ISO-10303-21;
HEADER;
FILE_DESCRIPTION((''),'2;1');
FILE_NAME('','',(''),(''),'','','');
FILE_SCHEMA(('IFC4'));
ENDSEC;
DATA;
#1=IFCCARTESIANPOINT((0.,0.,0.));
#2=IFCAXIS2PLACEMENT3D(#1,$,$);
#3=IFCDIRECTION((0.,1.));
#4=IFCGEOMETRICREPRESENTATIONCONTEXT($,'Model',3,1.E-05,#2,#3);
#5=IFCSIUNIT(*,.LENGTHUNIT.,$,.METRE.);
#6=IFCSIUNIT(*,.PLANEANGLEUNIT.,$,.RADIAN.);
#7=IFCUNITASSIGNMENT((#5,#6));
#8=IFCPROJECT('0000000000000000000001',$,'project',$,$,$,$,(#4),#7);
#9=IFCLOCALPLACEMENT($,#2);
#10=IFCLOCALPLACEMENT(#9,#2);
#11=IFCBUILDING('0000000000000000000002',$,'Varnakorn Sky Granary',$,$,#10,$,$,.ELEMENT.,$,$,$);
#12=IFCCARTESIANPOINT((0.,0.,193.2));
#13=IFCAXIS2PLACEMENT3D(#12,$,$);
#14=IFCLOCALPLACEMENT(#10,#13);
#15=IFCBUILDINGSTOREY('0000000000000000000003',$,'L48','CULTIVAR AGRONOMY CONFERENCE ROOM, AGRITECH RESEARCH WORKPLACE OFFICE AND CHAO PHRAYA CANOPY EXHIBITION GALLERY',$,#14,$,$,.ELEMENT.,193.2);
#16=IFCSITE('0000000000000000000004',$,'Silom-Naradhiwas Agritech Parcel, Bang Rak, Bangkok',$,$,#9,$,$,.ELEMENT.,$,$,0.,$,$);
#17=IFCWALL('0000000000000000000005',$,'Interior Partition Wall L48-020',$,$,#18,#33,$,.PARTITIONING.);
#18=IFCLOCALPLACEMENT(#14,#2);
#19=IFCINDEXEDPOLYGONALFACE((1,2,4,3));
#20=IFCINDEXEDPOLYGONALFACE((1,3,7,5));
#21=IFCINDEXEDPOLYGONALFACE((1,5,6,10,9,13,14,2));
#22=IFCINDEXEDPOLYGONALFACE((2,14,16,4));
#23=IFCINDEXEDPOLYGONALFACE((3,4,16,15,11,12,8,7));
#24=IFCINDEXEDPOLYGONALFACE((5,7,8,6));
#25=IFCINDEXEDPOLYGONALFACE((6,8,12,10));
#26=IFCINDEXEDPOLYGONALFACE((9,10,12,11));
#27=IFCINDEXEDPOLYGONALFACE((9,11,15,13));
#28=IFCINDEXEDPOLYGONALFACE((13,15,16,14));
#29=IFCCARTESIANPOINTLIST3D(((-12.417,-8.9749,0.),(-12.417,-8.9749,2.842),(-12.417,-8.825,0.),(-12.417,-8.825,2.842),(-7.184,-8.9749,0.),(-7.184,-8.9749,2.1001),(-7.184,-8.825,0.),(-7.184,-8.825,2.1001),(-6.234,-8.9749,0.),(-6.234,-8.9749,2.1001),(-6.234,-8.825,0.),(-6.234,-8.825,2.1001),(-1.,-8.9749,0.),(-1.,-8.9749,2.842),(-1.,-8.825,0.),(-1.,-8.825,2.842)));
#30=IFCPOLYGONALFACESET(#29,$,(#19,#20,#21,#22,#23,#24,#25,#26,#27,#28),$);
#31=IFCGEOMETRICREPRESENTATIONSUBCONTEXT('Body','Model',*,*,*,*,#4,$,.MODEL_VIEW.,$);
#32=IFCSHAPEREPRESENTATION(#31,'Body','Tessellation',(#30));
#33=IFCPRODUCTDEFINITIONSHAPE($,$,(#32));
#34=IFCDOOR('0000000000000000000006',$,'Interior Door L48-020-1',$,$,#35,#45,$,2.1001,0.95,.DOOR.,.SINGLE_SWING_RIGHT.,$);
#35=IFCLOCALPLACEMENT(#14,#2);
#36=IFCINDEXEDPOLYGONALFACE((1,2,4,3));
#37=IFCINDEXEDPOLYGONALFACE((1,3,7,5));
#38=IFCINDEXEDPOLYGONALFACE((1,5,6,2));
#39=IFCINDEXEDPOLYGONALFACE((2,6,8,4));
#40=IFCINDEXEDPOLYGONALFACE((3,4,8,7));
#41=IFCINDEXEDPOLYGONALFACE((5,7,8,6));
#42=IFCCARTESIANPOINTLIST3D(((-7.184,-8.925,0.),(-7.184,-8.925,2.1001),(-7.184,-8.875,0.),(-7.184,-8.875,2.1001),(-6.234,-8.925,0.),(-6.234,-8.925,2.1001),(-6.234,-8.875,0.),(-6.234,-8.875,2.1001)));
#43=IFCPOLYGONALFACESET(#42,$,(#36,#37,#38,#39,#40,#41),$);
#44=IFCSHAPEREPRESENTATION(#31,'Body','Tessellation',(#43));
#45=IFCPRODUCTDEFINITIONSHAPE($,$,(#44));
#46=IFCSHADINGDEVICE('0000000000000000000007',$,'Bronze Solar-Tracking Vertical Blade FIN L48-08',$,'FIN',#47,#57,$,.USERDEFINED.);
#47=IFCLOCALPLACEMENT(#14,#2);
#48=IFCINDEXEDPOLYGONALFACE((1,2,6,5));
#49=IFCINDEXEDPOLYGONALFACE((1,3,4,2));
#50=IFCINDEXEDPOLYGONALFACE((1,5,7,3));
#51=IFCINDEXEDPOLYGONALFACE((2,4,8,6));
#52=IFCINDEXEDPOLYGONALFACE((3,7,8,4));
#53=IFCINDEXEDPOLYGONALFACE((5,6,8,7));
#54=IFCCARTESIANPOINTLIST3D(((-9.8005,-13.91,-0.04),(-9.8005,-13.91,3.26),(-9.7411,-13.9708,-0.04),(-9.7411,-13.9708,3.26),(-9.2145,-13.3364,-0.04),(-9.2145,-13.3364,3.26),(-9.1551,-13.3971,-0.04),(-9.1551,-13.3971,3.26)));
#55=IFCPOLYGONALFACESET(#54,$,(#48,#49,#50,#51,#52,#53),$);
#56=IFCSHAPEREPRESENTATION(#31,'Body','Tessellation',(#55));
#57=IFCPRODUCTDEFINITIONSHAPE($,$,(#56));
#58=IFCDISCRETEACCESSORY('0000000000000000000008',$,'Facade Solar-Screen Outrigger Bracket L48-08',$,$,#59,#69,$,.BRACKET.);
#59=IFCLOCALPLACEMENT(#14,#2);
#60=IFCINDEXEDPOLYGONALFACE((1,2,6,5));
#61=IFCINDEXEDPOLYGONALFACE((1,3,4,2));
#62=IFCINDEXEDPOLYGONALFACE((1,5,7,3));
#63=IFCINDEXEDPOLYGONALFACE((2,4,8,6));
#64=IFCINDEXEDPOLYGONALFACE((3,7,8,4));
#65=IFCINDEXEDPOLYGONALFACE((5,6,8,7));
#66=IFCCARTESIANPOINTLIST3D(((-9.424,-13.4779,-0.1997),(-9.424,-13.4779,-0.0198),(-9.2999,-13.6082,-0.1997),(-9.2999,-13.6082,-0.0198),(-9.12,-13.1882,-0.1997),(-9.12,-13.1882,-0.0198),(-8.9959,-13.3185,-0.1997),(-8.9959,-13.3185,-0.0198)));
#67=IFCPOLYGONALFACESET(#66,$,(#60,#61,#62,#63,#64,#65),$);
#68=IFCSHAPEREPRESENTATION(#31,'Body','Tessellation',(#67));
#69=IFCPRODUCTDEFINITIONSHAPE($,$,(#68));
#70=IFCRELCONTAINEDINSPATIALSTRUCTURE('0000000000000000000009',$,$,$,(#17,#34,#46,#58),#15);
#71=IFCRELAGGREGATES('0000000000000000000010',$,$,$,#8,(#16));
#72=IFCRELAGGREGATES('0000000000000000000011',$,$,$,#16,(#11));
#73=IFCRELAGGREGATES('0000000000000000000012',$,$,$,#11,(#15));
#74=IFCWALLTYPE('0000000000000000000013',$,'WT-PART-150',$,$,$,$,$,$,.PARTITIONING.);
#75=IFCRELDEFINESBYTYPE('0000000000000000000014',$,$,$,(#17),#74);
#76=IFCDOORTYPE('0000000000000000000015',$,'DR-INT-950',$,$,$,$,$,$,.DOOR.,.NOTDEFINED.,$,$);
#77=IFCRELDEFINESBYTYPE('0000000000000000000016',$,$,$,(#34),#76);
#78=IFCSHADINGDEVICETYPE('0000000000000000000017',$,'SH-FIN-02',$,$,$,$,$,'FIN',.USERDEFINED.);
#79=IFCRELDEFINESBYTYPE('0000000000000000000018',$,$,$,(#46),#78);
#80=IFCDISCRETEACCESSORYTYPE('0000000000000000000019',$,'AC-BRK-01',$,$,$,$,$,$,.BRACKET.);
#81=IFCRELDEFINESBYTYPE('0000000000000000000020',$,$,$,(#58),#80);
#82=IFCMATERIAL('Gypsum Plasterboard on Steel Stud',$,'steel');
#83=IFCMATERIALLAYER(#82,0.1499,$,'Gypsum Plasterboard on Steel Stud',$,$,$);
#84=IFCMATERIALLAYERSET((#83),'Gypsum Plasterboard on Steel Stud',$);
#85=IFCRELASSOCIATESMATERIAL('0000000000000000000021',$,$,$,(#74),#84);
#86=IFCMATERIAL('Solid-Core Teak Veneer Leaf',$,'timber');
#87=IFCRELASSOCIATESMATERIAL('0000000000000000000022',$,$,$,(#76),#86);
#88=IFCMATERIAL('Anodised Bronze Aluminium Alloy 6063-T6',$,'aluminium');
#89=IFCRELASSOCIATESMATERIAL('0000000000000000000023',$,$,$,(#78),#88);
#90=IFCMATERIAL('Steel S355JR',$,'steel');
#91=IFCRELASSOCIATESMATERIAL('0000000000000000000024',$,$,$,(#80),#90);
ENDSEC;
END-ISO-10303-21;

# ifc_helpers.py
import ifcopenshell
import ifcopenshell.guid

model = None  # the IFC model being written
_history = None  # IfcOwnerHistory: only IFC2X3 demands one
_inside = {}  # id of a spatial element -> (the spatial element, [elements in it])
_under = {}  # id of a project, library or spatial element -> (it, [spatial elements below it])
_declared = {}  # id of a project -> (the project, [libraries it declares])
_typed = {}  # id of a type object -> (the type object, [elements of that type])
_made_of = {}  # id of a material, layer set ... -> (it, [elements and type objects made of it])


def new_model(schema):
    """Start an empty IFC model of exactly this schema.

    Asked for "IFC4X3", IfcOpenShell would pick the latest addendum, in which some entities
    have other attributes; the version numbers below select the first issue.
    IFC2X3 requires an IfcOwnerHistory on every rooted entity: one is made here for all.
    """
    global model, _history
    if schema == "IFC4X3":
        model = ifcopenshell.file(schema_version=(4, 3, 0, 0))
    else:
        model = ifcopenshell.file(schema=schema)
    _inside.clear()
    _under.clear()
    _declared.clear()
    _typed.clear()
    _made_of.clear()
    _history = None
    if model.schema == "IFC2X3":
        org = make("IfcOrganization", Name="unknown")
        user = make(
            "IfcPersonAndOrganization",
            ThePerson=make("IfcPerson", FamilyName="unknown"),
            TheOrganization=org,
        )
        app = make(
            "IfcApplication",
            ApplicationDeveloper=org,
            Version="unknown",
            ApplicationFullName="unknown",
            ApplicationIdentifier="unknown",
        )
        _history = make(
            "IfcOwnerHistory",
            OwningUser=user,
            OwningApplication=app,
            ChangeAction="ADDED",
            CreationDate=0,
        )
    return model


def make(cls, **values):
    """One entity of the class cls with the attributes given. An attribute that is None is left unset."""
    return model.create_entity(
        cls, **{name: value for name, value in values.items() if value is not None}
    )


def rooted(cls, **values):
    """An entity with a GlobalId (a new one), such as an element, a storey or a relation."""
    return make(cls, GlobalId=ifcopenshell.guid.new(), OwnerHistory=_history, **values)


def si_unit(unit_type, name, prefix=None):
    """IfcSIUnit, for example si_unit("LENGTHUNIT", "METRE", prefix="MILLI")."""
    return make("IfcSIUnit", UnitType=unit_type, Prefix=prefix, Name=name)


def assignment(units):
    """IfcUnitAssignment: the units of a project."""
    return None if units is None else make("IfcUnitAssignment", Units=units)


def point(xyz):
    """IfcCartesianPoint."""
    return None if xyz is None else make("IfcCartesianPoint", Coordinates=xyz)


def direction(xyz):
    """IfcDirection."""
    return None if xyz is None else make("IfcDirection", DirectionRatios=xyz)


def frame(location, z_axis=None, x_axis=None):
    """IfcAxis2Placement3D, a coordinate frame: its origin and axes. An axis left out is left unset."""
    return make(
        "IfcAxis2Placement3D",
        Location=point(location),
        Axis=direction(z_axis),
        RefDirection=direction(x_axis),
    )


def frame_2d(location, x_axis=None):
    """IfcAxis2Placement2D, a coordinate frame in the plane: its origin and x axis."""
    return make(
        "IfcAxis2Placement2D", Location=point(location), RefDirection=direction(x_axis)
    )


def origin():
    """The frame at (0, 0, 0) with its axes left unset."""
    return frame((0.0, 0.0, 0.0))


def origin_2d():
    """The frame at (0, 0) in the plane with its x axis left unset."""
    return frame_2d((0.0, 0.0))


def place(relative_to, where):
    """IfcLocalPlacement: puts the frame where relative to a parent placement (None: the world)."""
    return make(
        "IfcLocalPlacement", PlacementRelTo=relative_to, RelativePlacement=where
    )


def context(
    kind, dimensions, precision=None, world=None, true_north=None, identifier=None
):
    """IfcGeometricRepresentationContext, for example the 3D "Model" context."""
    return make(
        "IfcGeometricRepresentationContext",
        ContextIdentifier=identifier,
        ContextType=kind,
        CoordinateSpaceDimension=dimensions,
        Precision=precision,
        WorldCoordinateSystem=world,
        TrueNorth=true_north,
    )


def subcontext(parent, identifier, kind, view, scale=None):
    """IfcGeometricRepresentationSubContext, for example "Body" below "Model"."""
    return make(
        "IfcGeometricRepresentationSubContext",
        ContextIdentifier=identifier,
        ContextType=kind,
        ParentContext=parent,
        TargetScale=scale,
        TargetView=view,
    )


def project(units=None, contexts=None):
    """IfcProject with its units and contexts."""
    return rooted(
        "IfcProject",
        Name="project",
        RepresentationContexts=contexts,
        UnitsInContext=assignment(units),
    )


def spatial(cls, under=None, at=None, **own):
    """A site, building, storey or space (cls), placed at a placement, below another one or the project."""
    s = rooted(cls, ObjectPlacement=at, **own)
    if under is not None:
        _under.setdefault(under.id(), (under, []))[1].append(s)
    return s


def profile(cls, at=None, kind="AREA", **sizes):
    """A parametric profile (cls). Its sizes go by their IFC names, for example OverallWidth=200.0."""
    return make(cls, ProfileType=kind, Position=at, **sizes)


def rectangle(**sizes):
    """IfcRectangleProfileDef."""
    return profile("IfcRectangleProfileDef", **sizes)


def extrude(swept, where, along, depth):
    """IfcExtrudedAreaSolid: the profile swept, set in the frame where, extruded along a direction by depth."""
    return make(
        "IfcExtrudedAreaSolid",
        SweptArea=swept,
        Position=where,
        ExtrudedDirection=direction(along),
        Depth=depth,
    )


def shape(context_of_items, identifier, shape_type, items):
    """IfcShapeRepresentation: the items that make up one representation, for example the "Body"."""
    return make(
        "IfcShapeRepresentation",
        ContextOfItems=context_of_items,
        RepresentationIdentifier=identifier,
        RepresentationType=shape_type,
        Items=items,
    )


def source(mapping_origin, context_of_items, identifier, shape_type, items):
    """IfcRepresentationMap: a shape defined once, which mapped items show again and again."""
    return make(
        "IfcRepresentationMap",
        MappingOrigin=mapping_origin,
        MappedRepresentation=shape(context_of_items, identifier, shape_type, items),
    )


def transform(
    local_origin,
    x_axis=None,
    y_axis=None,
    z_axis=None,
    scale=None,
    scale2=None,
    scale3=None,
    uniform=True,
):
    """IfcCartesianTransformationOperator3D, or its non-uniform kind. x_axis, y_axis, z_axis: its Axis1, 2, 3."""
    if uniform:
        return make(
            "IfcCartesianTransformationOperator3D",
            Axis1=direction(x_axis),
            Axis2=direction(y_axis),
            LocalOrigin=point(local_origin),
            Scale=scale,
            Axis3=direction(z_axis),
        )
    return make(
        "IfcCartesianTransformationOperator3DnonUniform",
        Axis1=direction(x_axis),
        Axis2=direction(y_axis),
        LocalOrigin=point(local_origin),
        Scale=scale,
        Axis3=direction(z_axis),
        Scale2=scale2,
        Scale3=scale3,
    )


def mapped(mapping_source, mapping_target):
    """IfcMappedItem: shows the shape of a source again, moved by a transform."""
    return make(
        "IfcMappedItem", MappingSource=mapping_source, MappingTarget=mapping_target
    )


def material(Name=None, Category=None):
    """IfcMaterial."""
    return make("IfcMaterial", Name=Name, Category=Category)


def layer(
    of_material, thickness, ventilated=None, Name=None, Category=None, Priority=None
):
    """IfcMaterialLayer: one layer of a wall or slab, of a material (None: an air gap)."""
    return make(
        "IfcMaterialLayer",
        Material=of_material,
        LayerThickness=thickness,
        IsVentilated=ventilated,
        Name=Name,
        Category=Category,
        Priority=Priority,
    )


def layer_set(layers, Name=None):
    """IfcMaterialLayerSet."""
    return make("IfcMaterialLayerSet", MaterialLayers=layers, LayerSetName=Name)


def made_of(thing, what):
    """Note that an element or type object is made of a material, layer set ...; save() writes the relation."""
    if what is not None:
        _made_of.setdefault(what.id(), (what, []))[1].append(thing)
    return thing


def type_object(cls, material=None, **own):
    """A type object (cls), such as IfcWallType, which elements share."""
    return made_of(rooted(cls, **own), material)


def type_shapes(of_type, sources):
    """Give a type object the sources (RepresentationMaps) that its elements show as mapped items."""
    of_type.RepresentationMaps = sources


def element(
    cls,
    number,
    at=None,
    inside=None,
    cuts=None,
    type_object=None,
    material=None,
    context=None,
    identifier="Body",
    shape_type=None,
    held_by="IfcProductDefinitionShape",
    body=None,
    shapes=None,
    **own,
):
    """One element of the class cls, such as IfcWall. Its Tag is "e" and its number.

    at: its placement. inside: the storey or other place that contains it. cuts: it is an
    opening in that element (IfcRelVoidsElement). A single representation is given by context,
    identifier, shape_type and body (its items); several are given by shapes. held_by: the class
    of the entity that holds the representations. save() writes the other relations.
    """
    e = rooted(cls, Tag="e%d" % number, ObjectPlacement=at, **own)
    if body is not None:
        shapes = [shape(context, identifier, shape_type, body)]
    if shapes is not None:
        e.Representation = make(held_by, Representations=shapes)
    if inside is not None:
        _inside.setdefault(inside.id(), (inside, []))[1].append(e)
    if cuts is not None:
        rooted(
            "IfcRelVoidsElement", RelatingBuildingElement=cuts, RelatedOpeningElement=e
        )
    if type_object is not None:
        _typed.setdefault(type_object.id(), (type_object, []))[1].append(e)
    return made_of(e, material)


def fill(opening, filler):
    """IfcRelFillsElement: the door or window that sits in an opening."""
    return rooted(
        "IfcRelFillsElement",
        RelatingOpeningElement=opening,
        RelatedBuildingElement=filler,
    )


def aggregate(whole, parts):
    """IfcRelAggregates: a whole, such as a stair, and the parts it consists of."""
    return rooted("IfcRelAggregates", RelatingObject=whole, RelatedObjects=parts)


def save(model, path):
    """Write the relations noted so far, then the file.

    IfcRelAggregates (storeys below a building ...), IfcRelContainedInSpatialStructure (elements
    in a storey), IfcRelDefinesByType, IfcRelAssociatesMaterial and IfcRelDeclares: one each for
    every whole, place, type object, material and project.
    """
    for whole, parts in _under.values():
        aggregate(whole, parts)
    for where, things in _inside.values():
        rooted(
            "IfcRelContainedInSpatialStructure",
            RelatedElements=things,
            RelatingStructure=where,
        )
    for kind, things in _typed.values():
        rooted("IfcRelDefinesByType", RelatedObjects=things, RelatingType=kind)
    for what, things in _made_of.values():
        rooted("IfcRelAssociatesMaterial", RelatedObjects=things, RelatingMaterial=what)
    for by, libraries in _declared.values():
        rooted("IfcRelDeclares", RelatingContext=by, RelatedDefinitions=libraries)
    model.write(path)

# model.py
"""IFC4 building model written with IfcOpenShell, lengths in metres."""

from ifc_helpers import new_model, si_unit, direction, frame, frame_2d, origin, origin_2d, place, context, subcontext, project, spatial, rectangle, extrude, source, transform, mapped, material, layer, layer_set, type_object, type_shapes, element, fill, save


model = new_model("IFC4")

# Units and contexts
model_context = context("Model", 3, precision=1e-05, world=origin(), true_north=direction((0.0, 1.0)))
body_context = subcontext(model_context, "Body", "Model", "MODEL_VIEW")
ifc_project = project(units=[si_unit("LENGTHUNIT", "METRE"), si_unit("PLANEANGLEUNIT", "RADIAN")], contexts=[model_context])

# Site, building, storey
site_placement = place(None, origin())
site = spatial("IfcSite", under=ifc_project, at=site_placement, Name="Silom-Naradhiwas Agritech Parcel, Bang Rak, Bangkok", CompositionType="ELEMENT", RefElevation=0.0)
building_placement = place(site_placement, origin())
building = spatial("IfcBuilding", under=site, at=building_placement, Name="Varnakorn Sky Granary", CompositionType="ELEMENT")
storey_placement = place(building_placement, frame((0.0, 0.0, 193.2)))
storey = spatial("IfcBuildingStorey", under=building, at=storey_placement, Name="L48", Description="CULTIVAR AGRONOMY CONFERENCE ROOM, AGRITECH RESEARCH WORKPLACE OFFICE AND CHAO PHRAYA CANOPY EXHIBITION GALLERY", CompositionType="ELEMENT", Elevation=193.2)

# Shared definitions
ifc_material_1 = material(Name="Steel S355JR", Category="steel")

# Shared definitions
ifc_material_2 = material(Name="Anodised Bronze Aluminium Alloy 6063-T6", Category="aluminium")

# Wall, opening, door
ifc_material_3 = material(Name="Gypsum Plasterboard on Steel Stud", Category="steel")
ifc_layer_1 = layer(ifc_material_3, 0.1499, Name="Gypsum Plasterboard on Steel Stud")
ifc_layer_set_1 = layer_set([ifc_layer_1], Name="Gypsum Plasterboard on Steel Stud")
wall_type = type_object("IfcWallType", Name="WT-PART-150", PredefinedType="PARTITIONING", material=ifc_layer_set_1)
wall_placement = place(storey_placement, frame((-12.417, -8.8999, 0.0), z_axis=(0.0, 0.0, 1.0), x_axis=(1.0, 0.0, 0.0)))
wall = element("IfcWall", 1, at=wall_placement, inside=storey, type_object=wall_type, Name="Interior Partition Wall L48-020", PredefinedType="PARTITIONING", context=body_context, shape_type="SweptSolid", body=[
    extrude(rectangle(XDim=11.417, YDim=0.1499, at=frame_2d((5.7085, 0.0))), origin(), (0.0, 0.0, 1.0), 2.842),
])
opening_placement = place(wall_placement, frame((5.2329, 0.0, 0.0)))
opening = element("IfcOpeningElement", 2, at=opening_placement, cuts=wall, PredefinedType="OPENING", context=body_context, shape_type="SweptSolid", body=[
    extrude(rectangle(XDim=0.95, YDim=2.1001, at=frame_2d((0.4751, 1.05))), frame((0.0, 0.085, 0.0), z_axis=(0.0, -1.0, 0.0), x_axis=(1.0, 0.0, 0.0)), (0.0, 0.0, 1.0), 0.1699),
])
ifc_material_4 = material(Name="Solid-Core Teak Veneer Leaf", Category="timber")
door_type = type_object("IfcDoorType", Name="DR-INT-950", OperationType="NOTDEFINED", PredefinedType="DOOR", material=ifc_material_4)
door_placement = place(opening_placement, origin())
door = element("IfcDoor", 3, at=door_placement, inside=storey, type_object=door_type, Name="Interior Door L48-020-1", OperationType="SINGLE_SWING_RIGHT", OverallHeight=2.1001, OverallWidth=0.95, PredefinedType="DOOR", context=body_context, shape_type="SweptSolid", body=[
    extrude(rectangle(XDim=0.95, YDim=2.1001, at=frame_2d((0.4751, 1.05))), frame((0.0, 0.0249, 0.0), z_axis=(0.0, -1.0, 0.0), x_axis=(1.0, 0.0, 0.0)), (0.0, 0.0, 1.0), 0.05),
])
fill(opening, door)

# Shading device
shading_device_type = type_object("IfcShadingDeviceType", Name="SH-FIN-02", ElementType="FIN", PredefinedType="USERDEFINED", material=ifc_material_2)
shared_shape_1 = source(origin(), body_context, "Body", "SweptSolid", [
    extrude(rectangle(XDim=0.085, YDim=0.8201, at=origin_2d()), origin(), (0.0, 0.0, 1.0), 3.3),
])
type_shapes(shading_device_type, [shared_shape_1])
shading_device_placement = place(storey_placement, frame((-9.4778, -13.6536, -0.04), z_axis=(0.0, 0.0, 1.0), x_axis=(0.699542, -0.714592, 0.0)))
element("IfcShadingDevice", 4, at=shading_device_placement, inside=storey, type_object=shading_device_type, Name="Bronze Solar-Tracking Vertical Blade FIN L48-08", ObjectType="FIN", PredefinedType="USERDEFINED", context=body_context, shape_type="MappedRepresentation", body=[
    mapped(shared_shape_1, transform((0.0, 0.0, 0.0), x_axis=(1.0, 0.0, 0.0), y_axis=(0.0, 1.0, 0.0), z_axis=(0.0, 0.0, 1.0), scale=1.0)),
])

# Discrete accessory
discrete_accessory_type = type_object("IfcDiscreteAccessoryType", Name="AC-BRK-01", PredefinedType="BRACKET", material=ifc_material_1)
shared_shape_2 = source(origin(), body_context, "Body", "SweptSolid", [
    extrude(rectangle(XDim=0.1799, YDim=0.4199, at=origin_2d()), origin(), (0.0, 0.0, 1.0), 0.1799),
])
type_shapes(discrete_accessory_type, [shared_shape_2])
discrete_accessory_placement = place(storey_placement, frame((-9.21, -13.3982, -0.1997), z_axis=(0.0, 0.0, 1.0), x_axis=(0.689867, -0.723936, 0.0)))
element("IfcDiscreteAccessory", 5, at=discrete_accessory_placement, inside=storey, type_object=discrete_accessory_type, Name="Facade Solar-Screen Outrigger Bracket L48-08", PredefinedType="BRACKET", context=body_context, shape_type="MappedRepresentation", body=[
    mapped(shared_shape_2, transform((0.0, 0.0, 0.0), x_axis=(1.0, 0.0, 0.0), y_axis=(0.0, 1.0, 0.0), z_axis=(0.0, 0.0, 1.0), scale=1.0)),
])

save(model, "model.ifc")
